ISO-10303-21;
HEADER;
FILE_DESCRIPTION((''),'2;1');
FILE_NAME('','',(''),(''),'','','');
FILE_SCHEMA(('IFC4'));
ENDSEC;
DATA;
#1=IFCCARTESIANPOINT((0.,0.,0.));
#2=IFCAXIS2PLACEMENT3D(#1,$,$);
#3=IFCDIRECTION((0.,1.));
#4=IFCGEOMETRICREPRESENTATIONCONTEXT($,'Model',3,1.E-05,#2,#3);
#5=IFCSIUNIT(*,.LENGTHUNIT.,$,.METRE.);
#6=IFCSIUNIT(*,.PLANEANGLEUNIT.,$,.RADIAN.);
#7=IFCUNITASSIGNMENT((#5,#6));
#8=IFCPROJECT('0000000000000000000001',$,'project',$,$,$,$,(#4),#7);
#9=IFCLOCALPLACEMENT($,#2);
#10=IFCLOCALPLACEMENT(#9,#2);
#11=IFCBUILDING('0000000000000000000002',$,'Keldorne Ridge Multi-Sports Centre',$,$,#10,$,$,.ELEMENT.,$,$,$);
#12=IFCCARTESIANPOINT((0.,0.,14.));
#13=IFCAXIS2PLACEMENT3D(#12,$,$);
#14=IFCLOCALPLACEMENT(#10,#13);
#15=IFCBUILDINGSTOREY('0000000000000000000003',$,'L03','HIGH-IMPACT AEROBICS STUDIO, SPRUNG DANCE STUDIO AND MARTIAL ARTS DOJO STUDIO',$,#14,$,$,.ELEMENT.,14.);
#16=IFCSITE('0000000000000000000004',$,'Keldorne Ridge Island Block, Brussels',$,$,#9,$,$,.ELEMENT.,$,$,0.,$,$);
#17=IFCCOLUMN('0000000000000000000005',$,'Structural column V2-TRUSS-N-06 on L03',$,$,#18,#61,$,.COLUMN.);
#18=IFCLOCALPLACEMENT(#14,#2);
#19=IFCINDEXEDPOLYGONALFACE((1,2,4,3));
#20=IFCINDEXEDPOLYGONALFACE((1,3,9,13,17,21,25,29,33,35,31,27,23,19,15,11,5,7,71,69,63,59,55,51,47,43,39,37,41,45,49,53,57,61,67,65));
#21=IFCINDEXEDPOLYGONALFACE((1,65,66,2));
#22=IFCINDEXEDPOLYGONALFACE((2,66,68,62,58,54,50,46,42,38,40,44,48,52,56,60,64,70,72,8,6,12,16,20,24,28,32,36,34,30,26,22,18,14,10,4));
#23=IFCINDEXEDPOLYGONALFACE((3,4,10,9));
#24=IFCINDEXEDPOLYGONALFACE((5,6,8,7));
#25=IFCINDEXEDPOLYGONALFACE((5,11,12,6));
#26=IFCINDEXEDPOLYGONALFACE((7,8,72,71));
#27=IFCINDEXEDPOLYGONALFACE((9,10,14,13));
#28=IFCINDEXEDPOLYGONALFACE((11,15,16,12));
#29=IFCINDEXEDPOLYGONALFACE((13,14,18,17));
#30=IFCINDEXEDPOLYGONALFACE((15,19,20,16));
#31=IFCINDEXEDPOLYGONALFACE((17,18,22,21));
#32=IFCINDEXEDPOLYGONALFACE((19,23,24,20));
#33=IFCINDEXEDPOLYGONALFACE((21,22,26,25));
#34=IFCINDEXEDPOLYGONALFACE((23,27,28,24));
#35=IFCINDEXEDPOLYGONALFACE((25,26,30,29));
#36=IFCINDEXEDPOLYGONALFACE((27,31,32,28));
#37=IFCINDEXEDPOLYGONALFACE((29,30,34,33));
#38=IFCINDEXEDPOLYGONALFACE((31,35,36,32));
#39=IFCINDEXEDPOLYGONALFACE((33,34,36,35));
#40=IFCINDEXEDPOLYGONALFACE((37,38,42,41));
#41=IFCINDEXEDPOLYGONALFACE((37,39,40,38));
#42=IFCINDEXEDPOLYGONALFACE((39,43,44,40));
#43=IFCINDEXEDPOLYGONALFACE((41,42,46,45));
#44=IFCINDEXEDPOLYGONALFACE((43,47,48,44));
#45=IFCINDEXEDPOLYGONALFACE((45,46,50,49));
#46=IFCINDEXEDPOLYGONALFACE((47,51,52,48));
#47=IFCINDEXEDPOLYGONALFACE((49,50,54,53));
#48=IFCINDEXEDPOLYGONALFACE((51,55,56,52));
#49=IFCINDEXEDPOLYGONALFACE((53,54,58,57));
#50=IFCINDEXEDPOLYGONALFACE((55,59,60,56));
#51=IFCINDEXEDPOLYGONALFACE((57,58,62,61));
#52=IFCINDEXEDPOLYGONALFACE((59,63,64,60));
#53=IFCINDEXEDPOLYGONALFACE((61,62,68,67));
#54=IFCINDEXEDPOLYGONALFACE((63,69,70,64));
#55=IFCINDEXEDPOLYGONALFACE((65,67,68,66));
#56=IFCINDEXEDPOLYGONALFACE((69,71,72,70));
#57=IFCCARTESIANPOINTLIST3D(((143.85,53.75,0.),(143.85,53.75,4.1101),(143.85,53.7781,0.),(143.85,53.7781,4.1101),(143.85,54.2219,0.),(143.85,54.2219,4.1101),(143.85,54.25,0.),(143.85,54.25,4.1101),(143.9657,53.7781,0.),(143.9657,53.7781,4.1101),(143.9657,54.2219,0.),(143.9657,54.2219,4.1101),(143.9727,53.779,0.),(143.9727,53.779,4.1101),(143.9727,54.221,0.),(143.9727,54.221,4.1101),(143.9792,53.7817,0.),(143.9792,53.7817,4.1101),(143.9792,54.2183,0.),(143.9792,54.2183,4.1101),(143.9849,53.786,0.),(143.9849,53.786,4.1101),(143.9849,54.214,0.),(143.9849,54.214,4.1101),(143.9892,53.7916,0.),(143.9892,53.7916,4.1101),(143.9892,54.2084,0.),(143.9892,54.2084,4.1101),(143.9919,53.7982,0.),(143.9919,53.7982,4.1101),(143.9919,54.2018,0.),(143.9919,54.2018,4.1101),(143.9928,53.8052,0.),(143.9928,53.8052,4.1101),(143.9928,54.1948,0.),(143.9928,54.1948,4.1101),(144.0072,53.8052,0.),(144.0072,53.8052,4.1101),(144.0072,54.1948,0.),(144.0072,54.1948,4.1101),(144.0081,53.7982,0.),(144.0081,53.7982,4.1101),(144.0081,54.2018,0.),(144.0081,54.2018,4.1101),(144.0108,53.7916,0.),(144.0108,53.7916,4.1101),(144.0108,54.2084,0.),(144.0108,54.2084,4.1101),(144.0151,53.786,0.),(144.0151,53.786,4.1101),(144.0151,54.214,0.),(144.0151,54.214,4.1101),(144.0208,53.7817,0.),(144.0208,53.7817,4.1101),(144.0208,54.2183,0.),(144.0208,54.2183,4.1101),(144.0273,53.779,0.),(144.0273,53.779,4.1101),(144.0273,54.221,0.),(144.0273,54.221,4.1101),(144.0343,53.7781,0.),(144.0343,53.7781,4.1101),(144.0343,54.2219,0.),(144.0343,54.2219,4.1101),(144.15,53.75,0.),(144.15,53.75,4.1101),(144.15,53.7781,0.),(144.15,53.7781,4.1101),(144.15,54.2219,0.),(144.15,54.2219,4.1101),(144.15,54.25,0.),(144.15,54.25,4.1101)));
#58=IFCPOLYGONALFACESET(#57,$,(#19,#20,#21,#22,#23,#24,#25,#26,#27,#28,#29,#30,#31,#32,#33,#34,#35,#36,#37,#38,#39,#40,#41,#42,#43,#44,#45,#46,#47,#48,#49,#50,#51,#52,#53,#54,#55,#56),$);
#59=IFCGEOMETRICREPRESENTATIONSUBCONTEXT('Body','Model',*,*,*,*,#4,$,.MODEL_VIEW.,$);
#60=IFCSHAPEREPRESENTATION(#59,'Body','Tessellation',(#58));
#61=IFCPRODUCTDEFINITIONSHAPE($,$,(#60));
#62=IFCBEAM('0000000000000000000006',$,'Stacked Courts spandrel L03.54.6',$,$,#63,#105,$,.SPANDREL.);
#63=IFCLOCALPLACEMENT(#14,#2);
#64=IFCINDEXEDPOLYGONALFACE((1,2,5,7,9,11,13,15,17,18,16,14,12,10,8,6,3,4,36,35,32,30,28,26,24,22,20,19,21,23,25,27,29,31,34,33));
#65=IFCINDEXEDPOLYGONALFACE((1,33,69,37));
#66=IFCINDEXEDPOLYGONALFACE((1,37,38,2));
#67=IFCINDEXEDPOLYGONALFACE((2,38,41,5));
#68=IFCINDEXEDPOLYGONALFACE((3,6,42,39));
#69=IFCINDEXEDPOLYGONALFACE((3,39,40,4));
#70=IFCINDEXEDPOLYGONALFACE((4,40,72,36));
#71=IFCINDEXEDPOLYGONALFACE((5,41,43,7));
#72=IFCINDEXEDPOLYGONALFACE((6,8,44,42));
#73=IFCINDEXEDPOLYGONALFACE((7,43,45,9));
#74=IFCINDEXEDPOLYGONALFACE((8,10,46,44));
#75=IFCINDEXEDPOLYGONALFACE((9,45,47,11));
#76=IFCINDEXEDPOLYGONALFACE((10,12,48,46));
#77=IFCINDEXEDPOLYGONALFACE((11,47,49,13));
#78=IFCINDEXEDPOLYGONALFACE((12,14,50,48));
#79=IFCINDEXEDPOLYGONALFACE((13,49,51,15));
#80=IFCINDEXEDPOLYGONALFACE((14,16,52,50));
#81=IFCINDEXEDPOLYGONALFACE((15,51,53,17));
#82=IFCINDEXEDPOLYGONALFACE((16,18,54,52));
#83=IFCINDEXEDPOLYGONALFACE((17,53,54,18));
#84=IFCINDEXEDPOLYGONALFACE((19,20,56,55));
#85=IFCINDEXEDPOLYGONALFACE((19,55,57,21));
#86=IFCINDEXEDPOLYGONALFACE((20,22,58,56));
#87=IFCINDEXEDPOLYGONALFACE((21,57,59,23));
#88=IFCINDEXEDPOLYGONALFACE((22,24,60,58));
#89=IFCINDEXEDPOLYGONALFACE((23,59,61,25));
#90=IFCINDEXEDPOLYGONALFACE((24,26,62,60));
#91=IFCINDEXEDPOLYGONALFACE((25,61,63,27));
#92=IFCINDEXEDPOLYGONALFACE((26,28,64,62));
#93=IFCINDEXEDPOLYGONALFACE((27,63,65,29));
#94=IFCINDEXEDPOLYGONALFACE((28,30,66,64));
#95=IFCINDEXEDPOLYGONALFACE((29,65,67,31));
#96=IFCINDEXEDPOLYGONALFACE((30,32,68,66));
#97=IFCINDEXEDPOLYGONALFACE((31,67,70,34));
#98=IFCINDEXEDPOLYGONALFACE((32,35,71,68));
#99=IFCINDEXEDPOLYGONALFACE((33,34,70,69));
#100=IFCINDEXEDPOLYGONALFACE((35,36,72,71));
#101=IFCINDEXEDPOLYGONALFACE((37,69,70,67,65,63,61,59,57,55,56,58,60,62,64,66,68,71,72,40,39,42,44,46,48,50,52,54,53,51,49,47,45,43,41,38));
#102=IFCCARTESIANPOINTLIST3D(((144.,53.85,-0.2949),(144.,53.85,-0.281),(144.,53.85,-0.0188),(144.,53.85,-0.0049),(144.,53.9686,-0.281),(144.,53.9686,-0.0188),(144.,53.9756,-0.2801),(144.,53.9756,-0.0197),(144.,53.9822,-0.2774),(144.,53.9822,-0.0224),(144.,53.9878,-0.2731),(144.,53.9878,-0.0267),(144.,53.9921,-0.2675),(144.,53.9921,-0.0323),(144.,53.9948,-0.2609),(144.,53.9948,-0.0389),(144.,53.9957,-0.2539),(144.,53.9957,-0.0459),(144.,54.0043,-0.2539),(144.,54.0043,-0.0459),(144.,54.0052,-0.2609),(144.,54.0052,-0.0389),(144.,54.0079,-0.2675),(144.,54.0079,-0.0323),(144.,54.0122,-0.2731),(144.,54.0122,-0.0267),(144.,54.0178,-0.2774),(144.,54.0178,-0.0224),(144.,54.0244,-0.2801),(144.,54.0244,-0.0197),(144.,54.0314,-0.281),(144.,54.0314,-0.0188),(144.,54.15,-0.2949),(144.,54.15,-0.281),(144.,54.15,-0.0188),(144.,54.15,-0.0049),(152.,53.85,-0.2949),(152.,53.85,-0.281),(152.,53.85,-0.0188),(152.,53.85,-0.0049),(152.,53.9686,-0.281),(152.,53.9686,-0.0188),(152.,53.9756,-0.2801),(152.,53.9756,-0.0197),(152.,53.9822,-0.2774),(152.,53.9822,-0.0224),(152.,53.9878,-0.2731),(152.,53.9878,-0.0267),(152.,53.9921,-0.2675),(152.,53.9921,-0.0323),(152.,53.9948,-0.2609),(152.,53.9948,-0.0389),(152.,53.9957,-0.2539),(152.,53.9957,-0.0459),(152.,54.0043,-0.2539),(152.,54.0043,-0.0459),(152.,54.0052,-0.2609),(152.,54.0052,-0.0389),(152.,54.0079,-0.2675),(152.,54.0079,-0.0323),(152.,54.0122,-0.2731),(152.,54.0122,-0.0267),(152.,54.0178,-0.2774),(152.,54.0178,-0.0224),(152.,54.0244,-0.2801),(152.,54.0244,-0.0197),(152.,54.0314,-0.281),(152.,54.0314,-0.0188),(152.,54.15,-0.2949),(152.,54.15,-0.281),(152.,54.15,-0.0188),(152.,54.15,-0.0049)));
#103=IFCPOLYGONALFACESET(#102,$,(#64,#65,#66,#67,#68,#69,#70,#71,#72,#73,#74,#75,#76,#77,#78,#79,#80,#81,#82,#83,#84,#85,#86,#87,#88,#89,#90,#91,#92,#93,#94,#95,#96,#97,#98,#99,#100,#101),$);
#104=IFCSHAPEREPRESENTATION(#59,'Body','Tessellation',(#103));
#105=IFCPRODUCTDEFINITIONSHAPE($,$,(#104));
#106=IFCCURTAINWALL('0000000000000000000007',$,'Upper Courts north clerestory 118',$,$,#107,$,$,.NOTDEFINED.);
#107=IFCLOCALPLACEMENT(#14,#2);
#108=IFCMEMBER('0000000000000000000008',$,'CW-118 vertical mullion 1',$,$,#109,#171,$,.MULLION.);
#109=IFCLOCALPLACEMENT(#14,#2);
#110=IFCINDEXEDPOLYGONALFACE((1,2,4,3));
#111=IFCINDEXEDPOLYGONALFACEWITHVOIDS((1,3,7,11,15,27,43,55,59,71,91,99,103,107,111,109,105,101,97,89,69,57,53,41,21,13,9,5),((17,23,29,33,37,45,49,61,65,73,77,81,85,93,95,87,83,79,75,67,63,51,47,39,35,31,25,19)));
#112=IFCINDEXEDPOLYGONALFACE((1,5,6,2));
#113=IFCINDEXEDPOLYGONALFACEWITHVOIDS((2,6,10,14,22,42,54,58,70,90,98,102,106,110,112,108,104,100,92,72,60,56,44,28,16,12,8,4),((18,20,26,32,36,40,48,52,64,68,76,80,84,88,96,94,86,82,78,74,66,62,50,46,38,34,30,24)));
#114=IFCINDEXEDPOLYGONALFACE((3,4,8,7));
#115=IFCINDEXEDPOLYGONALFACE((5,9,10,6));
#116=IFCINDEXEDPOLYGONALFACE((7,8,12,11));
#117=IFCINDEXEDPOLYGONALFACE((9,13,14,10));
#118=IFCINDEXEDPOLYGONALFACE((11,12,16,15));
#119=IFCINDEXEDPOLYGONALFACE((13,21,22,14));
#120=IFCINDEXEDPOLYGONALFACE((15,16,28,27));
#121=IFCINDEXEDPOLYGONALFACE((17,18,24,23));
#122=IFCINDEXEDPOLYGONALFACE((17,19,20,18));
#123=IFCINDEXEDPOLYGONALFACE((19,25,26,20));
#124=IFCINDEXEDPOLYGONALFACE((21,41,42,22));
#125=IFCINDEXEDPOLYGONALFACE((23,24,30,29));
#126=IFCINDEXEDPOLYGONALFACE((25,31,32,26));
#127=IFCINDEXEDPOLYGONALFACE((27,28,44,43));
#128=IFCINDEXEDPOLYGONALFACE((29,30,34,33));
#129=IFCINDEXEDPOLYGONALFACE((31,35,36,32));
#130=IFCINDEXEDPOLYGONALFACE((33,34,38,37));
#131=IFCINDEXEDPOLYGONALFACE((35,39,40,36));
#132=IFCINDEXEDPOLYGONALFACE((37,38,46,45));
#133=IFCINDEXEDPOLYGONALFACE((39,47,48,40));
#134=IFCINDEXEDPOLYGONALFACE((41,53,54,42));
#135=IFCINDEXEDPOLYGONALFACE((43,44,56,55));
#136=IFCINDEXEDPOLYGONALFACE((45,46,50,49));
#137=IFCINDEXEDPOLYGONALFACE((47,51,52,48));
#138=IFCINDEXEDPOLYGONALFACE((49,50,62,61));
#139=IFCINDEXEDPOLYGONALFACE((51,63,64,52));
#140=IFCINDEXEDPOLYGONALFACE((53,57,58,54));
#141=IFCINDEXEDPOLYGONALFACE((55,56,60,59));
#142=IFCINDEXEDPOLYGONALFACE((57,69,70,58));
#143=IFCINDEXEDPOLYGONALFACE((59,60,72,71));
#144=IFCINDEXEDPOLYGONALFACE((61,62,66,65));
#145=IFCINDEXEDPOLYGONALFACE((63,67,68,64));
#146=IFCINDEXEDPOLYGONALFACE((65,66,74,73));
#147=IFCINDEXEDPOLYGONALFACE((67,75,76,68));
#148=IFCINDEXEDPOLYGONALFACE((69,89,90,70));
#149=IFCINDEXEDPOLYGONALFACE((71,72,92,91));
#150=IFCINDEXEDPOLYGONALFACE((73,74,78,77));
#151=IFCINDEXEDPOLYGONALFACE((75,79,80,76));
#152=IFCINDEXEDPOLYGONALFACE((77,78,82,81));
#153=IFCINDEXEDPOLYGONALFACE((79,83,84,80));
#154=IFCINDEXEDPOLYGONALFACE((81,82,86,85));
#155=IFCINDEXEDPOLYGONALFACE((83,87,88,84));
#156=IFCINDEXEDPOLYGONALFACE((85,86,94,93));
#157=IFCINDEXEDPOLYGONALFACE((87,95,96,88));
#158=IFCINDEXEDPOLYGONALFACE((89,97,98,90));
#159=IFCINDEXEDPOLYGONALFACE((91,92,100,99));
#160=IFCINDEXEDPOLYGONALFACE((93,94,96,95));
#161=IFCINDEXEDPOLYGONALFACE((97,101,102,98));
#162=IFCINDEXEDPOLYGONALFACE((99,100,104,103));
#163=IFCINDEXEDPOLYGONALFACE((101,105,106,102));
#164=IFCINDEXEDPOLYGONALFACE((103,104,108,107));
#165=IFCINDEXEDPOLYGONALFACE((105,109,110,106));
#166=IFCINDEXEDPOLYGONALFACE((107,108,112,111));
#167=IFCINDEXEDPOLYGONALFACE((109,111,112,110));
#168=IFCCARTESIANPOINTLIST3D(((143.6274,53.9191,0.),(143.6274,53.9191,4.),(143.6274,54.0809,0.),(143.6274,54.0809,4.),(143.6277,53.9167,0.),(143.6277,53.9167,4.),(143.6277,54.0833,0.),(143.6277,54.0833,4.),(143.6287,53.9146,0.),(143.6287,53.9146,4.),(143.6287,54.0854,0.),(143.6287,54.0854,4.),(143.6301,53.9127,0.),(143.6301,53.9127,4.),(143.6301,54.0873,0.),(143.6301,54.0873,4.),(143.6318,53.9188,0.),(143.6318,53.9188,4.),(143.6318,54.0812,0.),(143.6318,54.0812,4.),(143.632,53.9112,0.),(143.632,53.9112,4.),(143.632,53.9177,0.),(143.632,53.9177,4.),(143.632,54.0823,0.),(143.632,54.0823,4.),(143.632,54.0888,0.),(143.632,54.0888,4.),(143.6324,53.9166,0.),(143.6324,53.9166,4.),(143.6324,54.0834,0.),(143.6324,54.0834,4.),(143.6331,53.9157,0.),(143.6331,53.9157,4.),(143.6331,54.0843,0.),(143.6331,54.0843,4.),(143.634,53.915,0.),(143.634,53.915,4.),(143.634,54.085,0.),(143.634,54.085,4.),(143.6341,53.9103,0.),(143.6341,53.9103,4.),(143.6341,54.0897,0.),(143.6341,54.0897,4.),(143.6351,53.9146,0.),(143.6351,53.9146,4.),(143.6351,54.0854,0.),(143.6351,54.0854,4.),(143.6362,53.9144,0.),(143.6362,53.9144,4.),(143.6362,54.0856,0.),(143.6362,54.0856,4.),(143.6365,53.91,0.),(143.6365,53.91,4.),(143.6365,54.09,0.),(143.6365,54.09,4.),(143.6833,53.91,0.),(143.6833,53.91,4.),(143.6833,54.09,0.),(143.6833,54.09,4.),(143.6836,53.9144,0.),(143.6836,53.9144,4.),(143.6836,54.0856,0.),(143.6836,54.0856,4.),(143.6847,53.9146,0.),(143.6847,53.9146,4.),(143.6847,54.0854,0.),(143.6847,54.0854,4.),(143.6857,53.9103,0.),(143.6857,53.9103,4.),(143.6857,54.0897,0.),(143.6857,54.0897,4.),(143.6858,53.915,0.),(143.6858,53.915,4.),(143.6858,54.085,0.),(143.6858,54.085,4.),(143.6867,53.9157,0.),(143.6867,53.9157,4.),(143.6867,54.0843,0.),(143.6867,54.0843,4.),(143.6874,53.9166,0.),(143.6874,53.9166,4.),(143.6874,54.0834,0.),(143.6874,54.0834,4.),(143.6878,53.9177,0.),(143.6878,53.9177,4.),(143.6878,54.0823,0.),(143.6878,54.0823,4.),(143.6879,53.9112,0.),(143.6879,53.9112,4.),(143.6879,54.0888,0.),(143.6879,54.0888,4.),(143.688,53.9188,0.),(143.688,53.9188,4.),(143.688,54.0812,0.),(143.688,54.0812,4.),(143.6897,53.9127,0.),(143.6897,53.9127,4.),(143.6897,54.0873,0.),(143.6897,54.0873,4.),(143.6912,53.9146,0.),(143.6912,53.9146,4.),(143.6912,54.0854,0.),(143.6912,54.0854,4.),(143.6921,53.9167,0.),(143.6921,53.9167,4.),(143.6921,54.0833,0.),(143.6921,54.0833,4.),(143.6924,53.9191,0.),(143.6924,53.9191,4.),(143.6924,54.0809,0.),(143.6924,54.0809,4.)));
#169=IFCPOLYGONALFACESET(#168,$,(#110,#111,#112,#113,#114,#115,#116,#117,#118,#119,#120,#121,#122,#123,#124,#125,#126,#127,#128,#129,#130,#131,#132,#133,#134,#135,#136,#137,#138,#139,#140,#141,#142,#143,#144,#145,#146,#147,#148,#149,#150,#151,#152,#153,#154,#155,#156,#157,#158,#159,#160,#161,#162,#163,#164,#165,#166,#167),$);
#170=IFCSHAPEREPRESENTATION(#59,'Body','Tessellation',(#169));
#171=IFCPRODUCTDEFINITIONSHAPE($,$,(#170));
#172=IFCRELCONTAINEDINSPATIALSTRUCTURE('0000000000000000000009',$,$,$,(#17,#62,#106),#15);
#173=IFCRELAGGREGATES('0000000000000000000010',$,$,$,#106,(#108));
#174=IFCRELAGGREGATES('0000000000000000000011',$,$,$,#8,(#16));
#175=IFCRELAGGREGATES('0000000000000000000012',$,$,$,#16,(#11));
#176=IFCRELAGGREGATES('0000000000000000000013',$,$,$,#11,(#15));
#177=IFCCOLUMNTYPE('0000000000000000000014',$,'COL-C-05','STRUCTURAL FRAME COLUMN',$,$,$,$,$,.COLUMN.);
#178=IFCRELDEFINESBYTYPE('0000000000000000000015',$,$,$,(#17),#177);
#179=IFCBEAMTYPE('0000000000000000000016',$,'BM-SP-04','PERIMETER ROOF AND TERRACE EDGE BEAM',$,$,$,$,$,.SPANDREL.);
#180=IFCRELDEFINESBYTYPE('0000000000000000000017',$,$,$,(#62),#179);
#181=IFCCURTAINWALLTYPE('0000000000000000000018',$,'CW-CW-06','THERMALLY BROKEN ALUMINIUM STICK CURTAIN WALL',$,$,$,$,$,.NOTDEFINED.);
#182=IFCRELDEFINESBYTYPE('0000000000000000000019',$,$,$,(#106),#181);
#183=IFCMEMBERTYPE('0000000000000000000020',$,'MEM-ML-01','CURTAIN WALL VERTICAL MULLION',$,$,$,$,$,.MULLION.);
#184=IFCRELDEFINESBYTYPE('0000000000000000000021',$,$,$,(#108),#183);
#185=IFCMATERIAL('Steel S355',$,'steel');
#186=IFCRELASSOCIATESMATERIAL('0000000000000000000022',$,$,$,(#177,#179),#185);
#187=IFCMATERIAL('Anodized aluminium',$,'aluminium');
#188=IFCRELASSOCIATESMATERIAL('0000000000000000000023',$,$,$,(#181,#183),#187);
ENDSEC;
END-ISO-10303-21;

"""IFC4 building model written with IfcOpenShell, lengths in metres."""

from ifc_helpers import new_model, si_unit, direction, frame, origin, origin_2d, place, context, subcontext, project, spatial, hollow_rectangle, i_section, extrude, material, material_profile, profile_set, type_object, element, aggregate, save


model = new_model("IFC4")

# Units and contexts
model_context = context("Model", 3, precision=1e-05, world=origin(), true_north=direction((0.0, 1.0)))
body_context = subcontext(model_context, "Body", "Model", "MODEL_VIEW")
ifc_project = project(units=[si_unit("LENGTHUNIT", "METRE"), si_unit("PLANEANGLEUNIT", "RADIAN")], contexts=[model_context])

# Site, building, storey
site_placement = place(None, origin())
site = spatial("IfcSite", under=ifc_project, at=site_placement, Name="Keldorne Ridge Island Block, Brussels", CompositionType="ELEMENT", RefElevation=0.0)
building_placement = place(site_placement, origin())
building = spatial("IfcBuilding", under=site, at=building_placement, Name="Keldorne Ridge Multi-Sports Centre", CompositionType="ELEMENT")
storey_placement = place(building_placement, frame((0.0, 0.0, 14.0)))
storey = spatial("IfcBuildingStorey", under=building, at=storey_placement, Name="L03", Description="HIGH-IMPACT AEROBICS STUDIO, SPRUNG DANCE STUDIO AND MARTIAL ARTS DOJO STUDIO", CompositionType="ELEMENT", Elevation=14.0)

# Column
ifc_material_1 = material(Name="Steel S355", Category="steel")
ifc_material_profile_1 = material_profile(ifc_material_1, i_section(OverallWidth=0.3, OverallDepth=0.5, WebThickness=0.0144, FlangeThickness=0.0281, FilletRadius=0.0271, at=origin_2d()), Name="HEB 500")
ifc_profile_set_1 = profile_set([ifc_material_profile_1], Name="Steel S355")
column_type = type_object("IfcColumnType", Name="COL-C-05", Description="STRUCTURAL FRAME COLUMN", PredefinedType="COLUMN", material=ifc_profile_set_1)
column_placement = place(storey_placement, frame((144.0, 54.0, 0.0), z_axis=(0.0, 0.0, 1.0), x_axis=(1.0, 0.0, 0.0)))
element("IfcColumn", 1, at=column_placement, inside=storey, type_object=column_type, Name="Structural column V2-TRUSS-N-06 on L03", PredefinedType="COLUMN", context=body_context, shape_type="SweptSolid", body=[
    extrude(i_section(OverallWidth=0.3, OverallDepth=0.5, WebThickness=0.0144, FlangeThickness=0.0281, FilletRadius=0.0271, at=origin_2d()), origin(), (0.0, 0.0, 1.0), 4.1101),
])

# Beam
ifc_material_profile_2 = material_profile(ifc_material_1, i_section(OverallWidth=0.3, OverallDepth=0.29, WebThickness=0.0085, FlangeThickness=0.0139, FilletRadius=0.0271, at=origin_2d()), Name="HEA 300")
ifc_profile_set_2 = profile_set([ifc_material_profile_2], Name="Steel S355")
beam_type = type_object("IfcBeamType", Name="BM-SP-04", Description="PERIMETER ROOF AND TERRACE EDGE BEAM", PredefinedType="SPANDREL", material=ifc_profile_set_2)
beam_placement = place(storey_placement, frame((144.0, 54.0, -0.1499), z_axis=(1.0, 0.0, 0.0), x_axis=(0.0, 1.0, 0.0)))
element("IfcBeam", 2, at=beam_placement, inside=storey, type_object=beam_type, Name="Stacked Courts spandrel L03.54.6", PredefinedType="SPANDREL", context=body_context, shape_type="SweptSolid", body=[
    extrude(i_section(OverallWidth=0.3, OverallDepth=0.29, WebThickness=0.0085, FlangeThickness=0.0139, FilletRadius=0.0271, at=origin_2d()), origin(), (0.0, 0.0, 1.0), 8.0),
])

# Curtain wall, member
ifc_material_2 = material(Name="Anodized aluminium", Category="aluminium")
curtain_wall_type_1 = type_object("IfcCurtainWallType", Name="CW-CW-06", Description="THERMALLY BROKEN ALUMINIUM STICK CURTAIN WALL", PredefinedType="NOTDEFINED", material=ifc_material_2)
curtain_wall_1_placement = place(storey_placement, origin())
curtain_wall_1 = element("IfcCurtainWall", 3, at=curtain_wall_1_placement, inside=storey, type_object=curtain_wall_type_1, Name="Upper Courts north clerestory 118", PredefinedType="NOTDEFINED")
ifc_material_profile_3 = material_profile(ifc_material_2, hollow_rectangle(XDim=0.0649, YDim=0.1799, WallThickness=0.0044, InnerFilletRadius=0.0044, OuterFilletRadius=0.009, at=origin_2d()), Name="ALU MULLION 180x65x4.5")
ifc_profile_set_3 = profile_set([ifc_material_profile_3], Name="Anodized aluminium")
member_type_1 = type_object("IfcMemberType", Name="MEM-ML-01", Description="CURTAIN WALL VERTICAL MULLION", PredefinedType="MULLION", material=ifc_profile_set_3)
member_1_placement = place(storey_placement, frame((143.6599, 54.0, 0.0), z_axis=(0.0, 0.0, 1.0), x_axis=(1.0, 0.0, 0.0)))
member_1 = element("IfcMember", 4, at=member_1_placement, type_object=member_type_1, Name="CW-118 vertical mullion 1", PredefinedType="MULLION", context=body_context, shape_type="SweptSolid", body=[
    extrude(hollow_rectangle(XDim=0.0649, YDim=0.1799, WallThickness=0.0044, InnerFilletRadius=0.0044, OuterFilletRadius=0.009, at=origin_2d()), origin(), (0.0, 0.0, 1.0), 4.0),
])

aggregate(curtain_wall_1, [member_1])

save(model, "model.ifc")
